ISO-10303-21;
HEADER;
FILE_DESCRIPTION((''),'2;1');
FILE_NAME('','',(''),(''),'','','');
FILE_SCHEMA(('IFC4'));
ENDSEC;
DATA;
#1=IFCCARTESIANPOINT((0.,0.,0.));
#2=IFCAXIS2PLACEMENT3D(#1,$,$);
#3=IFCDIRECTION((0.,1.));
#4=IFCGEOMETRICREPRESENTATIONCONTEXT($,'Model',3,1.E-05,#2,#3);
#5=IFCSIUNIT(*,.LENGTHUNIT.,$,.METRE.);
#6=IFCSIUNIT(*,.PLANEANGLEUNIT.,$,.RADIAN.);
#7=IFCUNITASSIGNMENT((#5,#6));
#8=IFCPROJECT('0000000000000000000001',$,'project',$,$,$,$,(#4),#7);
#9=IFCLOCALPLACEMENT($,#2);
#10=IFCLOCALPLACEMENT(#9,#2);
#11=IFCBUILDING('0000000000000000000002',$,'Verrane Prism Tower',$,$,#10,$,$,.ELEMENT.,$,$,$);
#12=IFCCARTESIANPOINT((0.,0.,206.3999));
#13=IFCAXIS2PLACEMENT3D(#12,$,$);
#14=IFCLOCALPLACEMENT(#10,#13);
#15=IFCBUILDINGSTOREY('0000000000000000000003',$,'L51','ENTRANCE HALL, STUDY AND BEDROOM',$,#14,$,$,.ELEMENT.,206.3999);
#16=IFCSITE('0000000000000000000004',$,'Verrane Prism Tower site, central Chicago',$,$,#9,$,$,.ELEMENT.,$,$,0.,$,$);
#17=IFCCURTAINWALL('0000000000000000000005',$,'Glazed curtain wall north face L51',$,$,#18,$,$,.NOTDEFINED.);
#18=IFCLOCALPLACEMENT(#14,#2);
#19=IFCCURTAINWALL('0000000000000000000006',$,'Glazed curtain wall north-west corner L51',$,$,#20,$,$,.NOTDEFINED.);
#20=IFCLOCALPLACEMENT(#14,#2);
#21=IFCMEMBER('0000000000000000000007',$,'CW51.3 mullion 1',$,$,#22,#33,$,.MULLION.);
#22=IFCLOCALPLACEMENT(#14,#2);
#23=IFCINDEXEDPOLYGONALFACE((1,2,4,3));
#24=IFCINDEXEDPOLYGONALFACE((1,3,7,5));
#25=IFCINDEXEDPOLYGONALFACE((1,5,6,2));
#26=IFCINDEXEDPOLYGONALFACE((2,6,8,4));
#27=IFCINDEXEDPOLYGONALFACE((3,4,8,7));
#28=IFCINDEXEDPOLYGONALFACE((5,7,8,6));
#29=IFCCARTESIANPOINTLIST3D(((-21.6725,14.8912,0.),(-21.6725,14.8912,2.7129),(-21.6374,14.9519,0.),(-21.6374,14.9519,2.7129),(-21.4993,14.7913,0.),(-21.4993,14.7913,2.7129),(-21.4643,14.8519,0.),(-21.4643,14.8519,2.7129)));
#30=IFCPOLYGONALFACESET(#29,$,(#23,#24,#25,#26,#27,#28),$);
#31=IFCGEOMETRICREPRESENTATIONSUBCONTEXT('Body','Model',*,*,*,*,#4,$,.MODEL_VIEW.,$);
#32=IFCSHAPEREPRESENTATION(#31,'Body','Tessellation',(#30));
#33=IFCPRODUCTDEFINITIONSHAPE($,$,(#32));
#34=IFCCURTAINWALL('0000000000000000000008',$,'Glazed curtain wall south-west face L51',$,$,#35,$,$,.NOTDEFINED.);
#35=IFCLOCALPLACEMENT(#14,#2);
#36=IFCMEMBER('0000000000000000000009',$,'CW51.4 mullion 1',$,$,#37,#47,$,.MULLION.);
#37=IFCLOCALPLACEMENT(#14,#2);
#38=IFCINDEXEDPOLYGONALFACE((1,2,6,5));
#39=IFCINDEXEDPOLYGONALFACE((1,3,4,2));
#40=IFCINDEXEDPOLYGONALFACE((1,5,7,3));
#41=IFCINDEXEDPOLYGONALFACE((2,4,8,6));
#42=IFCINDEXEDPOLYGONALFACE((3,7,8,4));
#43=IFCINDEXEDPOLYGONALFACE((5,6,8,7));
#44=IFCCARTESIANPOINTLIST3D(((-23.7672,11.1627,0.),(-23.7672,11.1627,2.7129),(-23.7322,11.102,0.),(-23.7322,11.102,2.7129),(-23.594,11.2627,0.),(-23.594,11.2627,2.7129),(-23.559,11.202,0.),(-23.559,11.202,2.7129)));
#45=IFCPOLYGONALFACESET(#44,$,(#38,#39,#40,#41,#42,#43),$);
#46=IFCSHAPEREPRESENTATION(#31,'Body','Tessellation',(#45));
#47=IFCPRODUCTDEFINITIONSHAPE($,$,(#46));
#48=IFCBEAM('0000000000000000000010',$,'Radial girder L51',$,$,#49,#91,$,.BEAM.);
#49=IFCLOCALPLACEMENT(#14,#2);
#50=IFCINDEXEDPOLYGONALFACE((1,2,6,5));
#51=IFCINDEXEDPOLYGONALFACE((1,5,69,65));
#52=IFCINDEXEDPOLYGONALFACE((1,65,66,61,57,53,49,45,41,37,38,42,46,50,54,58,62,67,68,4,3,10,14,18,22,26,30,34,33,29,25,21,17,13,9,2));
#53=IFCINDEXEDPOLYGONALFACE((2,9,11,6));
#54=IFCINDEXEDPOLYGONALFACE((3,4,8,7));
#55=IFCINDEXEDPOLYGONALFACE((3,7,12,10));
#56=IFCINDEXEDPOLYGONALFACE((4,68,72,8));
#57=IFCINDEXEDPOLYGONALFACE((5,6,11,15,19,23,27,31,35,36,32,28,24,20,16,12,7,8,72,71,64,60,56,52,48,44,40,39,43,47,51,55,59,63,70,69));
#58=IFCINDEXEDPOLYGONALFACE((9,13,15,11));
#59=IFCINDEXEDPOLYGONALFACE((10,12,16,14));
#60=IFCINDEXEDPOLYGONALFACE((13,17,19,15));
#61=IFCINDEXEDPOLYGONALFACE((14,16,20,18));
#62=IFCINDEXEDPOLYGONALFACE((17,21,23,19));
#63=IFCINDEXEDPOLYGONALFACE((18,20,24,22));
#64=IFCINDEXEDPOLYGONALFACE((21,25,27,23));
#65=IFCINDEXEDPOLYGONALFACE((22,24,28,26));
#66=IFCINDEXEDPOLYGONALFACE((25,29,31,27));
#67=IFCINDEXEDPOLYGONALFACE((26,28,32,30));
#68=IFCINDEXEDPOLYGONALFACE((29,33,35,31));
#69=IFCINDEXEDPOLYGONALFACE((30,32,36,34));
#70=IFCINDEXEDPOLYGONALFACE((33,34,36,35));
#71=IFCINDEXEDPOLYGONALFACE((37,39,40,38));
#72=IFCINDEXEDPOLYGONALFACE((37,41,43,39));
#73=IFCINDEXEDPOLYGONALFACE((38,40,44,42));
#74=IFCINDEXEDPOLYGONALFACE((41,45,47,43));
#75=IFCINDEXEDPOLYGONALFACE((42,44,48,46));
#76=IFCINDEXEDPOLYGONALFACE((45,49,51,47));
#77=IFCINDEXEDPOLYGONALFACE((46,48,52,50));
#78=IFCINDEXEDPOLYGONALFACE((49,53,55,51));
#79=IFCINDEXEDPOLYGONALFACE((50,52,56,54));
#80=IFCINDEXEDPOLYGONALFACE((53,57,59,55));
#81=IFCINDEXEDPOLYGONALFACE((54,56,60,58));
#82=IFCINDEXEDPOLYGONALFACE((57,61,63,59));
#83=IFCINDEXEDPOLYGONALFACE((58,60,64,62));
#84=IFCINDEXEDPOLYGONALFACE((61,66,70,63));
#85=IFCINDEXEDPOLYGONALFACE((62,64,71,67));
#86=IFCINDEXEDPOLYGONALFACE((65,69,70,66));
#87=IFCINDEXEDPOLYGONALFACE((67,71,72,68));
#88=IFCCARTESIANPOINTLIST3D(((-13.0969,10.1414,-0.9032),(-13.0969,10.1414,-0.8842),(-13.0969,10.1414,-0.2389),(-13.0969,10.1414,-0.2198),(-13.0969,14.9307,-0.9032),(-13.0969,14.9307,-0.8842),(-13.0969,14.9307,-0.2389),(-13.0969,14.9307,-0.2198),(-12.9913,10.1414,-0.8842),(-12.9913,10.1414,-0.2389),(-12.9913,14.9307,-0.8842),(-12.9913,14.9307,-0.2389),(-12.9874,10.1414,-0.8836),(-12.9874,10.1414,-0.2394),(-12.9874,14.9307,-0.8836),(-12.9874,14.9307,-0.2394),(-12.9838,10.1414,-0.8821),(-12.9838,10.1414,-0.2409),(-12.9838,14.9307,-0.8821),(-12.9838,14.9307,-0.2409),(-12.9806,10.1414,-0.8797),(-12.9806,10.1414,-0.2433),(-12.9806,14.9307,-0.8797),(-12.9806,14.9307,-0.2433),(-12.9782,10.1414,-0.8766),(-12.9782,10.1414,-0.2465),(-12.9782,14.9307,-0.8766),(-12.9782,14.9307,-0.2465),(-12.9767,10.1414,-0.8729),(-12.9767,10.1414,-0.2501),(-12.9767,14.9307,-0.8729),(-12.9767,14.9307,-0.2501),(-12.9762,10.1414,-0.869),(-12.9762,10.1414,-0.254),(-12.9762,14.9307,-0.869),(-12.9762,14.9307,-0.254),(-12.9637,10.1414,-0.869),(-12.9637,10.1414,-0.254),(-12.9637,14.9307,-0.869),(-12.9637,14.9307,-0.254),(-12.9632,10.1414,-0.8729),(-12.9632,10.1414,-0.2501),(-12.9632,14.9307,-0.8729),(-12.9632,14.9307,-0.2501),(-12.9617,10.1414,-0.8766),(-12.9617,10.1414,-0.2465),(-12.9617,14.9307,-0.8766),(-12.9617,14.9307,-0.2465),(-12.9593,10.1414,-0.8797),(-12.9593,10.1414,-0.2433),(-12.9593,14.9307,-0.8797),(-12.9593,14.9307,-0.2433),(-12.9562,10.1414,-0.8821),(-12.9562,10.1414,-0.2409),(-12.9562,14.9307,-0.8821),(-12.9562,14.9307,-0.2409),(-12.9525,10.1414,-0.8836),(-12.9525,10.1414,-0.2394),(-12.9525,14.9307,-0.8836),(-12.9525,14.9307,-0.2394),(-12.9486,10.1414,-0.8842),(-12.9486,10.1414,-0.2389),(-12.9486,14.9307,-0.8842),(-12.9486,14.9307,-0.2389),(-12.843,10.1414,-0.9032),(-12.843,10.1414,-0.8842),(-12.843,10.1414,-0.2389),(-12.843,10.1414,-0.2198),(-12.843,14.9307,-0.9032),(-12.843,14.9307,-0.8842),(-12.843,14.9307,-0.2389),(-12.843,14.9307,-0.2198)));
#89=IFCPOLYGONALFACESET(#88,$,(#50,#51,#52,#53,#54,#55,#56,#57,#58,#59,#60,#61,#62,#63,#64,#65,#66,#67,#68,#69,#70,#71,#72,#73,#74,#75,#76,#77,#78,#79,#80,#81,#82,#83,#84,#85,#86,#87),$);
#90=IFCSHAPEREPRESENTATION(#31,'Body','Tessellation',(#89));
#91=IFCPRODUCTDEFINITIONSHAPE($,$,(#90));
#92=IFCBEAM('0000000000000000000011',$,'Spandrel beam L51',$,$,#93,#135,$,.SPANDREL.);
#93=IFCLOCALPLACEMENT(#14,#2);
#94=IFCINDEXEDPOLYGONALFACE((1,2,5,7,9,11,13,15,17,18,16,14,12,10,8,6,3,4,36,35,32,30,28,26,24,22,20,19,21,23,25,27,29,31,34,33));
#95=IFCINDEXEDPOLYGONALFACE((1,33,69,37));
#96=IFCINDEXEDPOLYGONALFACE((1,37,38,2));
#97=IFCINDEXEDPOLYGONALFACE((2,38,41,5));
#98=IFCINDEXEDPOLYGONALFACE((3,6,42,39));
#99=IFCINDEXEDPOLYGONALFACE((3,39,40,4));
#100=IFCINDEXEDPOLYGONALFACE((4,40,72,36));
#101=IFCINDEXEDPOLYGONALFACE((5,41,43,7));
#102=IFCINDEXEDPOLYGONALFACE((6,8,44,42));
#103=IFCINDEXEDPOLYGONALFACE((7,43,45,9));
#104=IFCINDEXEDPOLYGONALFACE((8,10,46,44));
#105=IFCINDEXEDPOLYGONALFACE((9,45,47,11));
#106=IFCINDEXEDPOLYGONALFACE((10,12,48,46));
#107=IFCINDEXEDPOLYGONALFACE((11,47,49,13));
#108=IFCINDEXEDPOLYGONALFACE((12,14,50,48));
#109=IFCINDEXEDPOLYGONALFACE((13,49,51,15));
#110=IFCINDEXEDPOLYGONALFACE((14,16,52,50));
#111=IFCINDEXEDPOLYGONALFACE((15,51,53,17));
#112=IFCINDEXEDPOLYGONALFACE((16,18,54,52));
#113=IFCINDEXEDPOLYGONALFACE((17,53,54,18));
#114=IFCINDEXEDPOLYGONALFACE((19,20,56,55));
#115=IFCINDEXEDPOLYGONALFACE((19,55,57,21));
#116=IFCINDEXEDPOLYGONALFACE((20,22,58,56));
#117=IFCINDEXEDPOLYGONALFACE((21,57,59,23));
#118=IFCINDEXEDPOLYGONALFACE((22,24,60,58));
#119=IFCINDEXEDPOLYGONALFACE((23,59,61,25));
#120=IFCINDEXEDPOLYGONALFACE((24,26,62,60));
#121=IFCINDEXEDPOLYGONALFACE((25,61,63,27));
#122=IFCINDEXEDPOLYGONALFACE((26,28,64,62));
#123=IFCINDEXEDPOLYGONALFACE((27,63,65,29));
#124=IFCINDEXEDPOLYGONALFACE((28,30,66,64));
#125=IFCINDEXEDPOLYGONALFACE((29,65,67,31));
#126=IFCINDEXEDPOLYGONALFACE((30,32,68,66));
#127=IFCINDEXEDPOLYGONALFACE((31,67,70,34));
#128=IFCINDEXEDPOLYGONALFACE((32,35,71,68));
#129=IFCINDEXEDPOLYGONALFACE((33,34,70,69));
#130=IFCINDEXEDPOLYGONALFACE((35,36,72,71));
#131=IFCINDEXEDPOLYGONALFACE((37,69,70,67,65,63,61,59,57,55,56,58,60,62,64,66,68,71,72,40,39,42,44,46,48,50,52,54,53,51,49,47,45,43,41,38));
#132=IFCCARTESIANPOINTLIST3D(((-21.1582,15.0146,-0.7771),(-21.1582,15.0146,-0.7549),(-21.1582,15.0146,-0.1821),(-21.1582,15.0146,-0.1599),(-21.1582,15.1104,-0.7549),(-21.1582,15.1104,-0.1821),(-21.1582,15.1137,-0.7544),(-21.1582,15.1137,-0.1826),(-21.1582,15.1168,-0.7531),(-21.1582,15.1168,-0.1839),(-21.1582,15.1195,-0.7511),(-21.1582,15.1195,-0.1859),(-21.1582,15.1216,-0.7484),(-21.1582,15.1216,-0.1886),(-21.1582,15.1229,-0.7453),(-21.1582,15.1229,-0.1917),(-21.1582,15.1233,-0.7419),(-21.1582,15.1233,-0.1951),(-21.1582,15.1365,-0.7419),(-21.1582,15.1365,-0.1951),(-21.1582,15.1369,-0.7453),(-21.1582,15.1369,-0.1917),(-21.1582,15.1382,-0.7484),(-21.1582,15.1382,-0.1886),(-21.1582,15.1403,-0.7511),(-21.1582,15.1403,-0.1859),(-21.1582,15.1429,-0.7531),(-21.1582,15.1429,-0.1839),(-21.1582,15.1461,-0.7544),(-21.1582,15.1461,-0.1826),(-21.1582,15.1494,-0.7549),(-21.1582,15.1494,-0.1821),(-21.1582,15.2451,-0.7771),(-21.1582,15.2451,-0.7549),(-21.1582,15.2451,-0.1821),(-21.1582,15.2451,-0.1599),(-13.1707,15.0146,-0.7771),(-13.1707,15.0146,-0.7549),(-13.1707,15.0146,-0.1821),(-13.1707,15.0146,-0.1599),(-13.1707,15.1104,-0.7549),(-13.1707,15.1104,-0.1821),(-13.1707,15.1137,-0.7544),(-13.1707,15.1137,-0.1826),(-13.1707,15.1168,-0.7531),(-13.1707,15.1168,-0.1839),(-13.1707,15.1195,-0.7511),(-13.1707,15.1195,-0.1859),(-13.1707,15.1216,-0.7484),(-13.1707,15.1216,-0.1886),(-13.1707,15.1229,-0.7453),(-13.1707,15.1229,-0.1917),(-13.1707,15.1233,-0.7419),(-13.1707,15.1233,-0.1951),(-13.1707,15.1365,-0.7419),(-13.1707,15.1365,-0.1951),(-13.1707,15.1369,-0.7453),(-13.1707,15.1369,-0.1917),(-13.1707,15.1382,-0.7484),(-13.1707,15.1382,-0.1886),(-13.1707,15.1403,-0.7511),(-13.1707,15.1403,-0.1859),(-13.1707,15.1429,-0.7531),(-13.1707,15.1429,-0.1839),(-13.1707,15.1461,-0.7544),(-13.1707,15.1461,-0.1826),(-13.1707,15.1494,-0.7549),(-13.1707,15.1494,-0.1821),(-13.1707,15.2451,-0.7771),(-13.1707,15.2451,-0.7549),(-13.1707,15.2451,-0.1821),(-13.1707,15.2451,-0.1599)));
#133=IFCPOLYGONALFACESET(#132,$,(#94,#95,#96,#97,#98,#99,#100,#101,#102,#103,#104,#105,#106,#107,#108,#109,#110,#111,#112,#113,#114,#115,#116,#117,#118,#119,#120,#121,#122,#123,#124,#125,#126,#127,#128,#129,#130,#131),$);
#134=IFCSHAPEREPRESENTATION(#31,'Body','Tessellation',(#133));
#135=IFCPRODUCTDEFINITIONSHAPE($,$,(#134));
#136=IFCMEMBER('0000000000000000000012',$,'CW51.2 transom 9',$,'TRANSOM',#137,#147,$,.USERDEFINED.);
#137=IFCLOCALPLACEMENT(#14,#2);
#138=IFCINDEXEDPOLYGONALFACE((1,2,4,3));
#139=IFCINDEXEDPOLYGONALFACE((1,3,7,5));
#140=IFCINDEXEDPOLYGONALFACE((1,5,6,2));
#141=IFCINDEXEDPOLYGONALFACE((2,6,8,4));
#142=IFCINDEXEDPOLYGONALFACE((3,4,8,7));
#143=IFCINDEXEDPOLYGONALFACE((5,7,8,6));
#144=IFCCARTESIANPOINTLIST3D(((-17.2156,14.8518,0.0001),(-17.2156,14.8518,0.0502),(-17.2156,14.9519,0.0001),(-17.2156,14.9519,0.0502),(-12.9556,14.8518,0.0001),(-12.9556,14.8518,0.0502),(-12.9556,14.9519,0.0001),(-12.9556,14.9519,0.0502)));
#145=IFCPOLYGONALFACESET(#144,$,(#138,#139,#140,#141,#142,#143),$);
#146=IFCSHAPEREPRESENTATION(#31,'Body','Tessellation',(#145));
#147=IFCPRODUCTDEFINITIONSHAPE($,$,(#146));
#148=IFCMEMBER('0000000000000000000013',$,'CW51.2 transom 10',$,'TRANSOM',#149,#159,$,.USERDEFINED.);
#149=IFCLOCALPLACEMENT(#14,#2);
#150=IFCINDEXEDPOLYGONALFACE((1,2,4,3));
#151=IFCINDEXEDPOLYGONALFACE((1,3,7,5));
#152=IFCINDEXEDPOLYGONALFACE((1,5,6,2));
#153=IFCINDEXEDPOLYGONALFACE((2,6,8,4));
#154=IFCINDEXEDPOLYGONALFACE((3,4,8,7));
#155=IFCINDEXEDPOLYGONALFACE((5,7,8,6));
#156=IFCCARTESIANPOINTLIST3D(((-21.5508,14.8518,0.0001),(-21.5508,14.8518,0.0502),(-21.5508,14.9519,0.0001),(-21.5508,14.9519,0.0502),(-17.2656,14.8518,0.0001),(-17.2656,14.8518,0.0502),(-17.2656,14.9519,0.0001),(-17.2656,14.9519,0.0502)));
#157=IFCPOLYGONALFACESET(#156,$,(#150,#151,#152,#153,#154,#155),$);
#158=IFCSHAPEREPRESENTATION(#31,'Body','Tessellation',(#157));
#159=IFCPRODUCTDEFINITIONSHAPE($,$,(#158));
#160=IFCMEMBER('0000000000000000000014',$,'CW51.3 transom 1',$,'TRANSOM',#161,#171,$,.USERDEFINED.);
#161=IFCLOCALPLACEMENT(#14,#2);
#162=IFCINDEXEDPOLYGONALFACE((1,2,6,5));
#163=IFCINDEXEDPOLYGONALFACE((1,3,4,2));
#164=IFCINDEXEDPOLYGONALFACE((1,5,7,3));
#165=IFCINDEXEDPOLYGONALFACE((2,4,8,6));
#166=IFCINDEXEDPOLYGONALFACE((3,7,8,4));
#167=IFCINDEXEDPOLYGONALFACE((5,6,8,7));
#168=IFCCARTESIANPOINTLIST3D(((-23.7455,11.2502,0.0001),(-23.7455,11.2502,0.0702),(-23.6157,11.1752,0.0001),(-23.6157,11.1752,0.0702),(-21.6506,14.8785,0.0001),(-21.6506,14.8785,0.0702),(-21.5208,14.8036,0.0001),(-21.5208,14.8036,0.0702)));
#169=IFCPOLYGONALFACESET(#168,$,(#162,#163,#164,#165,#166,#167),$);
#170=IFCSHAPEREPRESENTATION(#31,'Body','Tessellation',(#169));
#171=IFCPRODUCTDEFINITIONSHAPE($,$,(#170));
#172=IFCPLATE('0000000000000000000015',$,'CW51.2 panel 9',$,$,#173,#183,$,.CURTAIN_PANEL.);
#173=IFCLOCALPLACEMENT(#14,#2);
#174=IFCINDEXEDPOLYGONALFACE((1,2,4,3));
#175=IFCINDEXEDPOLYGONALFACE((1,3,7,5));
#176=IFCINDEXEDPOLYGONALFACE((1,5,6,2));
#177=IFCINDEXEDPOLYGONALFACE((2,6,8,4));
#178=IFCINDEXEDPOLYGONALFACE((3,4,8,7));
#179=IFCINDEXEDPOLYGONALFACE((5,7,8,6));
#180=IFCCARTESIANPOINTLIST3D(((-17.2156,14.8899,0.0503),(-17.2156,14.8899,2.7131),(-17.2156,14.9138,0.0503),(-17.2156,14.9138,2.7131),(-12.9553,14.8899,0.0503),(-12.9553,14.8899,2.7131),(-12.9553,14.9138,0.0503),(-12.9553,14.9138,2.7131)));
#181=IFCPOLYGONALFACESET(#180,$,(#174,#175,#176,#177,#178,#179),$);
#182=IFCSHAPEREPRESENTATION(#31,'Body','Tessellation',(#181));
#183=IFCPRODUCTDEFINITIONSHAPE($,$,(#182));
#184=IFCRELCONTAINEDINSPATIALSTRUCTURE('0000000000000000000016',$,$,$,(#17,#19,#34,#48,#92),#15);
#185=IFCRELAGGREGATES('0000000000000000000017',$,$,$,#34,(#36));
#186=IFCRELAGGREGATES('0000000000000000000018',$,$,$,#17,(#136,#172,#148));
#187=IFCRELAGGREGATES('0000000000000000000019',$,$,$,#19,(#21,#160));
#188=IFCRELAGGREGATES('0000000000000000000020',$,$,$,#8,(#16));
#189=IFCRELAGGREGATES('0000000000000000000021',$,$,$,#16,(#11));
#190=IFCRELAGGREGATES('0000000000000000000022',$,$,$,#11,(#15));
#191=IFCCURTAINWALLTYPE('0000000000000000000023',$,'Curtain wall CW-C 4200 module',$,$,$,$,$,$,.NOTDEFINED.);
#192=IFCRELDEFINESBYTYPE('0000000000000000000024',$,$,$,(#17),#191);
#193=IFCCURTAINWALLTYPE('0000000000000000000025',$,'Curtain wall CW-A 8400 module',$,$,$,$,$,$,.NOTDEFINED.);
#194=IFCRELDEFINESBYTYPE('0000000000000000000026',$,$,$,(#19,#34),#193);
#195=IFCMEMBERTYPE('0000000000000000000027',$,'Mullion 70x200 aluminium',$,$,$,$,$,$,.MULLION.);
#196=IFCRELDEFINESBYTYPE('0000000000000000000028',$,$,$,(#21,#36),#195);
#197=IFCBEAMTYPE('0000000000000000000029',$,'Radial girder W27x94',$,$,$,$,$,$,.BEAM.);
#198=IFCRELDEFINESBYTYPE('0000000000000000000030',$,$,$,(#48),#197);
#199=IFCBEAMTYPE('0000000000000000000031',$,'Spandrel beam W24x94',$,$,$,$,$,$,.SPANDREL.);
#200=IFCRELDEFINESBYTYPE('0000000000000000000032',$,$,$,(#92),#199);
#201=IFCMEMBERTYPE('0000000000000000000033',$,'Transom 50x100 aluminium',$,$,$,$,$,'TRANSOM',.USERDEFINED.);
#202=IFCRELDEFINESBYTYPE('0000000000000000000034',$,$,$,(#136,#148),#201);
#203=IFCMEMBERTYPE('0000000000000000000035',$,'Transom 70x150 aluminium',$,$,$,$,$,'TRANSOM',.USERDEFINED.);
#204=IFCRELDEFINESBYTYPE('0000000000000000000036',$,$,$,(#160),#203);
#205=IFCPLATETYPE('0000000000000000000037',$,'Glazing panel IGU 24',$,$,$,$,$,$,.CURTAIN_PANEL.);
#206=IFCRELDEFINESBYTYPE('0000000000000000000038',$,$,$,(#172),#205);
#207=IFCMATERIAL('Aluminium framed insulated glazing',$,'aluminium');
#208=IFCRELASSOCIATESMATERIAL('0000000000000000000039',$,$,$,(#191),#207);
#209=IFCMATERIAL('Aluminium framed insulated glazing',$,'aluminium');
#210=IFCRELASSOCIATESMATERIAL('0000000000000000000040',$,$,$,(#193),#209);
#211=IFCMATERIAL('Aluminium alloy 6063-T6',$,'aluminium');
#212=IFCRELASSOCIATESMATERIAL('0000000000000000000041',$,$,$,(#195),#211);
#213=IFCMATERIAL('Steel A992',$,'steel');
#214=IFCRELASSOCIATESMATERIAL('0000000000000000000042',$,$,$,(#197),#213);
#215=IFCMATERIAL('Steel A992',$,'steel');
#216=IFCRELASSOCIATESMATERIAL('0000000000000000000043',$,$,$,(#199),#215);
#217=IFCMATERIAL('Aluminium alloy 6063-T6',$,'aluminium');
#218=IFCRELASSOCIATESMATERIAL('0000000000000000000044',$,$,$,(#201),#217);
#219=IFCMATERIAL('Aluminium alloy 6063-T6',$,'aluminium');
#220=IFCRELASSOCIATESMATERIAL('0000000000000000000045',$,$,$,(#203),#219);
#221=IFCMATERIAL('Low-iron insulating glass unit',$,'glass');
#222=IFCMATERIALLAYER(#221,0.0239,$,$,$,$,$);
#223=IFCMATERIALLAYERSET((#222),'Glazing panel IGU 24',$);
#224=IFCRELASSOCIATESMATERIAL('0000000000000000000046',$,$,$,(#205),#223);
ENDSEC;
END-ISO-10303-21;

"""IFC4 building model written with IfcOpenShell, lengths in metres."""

from ifc_helpers import new_model, si_unit, direction, frame, origin, origin_2d, place, context, subcontext, project, spatial, rectangle, i_section, extrude, material, layer, layer_set, material_profile, profile_set, type_object, element, aggregate, save


model = new_model("IFC4")

# Units and contexts
model_context = context("Model", 3, precision=1e-05, world=origin(), true_north=direction((0.0, 1.0)))
body_context = subcontext(model_context, "Body", "Model", "MODEL_VIEW")
ifc_project = project(units=[si_unit("LENGTHUNIT", "METRE"), si_unit("PLANEANGLEUNIT", "RADIAN")], contexts=[model_context])

# Site, building, storey
site_placement = place(None, origin())
site = spatial("IfcSite", under=ifc_project, at=site_placement, Name="Verrane Prism Tower site, central Chicago", CompositionType="ELEMENT", RefElevation=0.0)
building_placement = place(site_placement, origin())
building = spatial("IfcBuilding", under=site, at=building_placement, Name="Verrane Prism Tower", CompositionType="ELEMENT")
storey_placement = place(building_placement, frame((0.0, 0.0, 206.3999)))
storey = spatial("IfcBuildingStorey", under=building, at=storey_placement, Name="L51", Description="ENTRANCE HALL, STUDY AND BEDROOM", CompositionType="ELEMENT", Elevation=206.3999)

# Curtain wall
ifc_material_1 = material(Name="Aluminium framed insulated glazing", Category="aluminium")
curtain_wall_type_1 = type_object("IfcCurtainWallType", Name="Curtain wall CW-C 4200 module", PredefinedType="NOTDEFINED", material=ifc_material_1)
curtain_wall_1_placement = place(storey_placement, origin())
curtain_wall_1 = element("IfcCurtainWall", 1, at=curtain_wall_1_placement, inside=storey, type_object=curtain_wall_type_1, Name="Glazed curtain wall north face L51", PredefinedType="NOTDEFINED")

# Curtain walls, members
ifc_material_2 = material(Name="Aluminium framed insulated glazing", Category="aluminium")
curtain_wall_type_2 = type_object("IfcCurtainWallType", Name="Curtain wall CW-A 8400 module", PredefinedType="NOTDEFINED", material=ifc_material_2)
curtain_wall_2_placement = place(storey_placement, origin())
curtain_wall_2 = element("IfcCurtainWall", 2, at=curtain_wall_2_placement, inside=storey, type_object=curtain_wall_type_2, Name="Glazed curtain wall north-west corner L51", PredefinedType="NOTDEFINED")
ifc_material_3 = material(Name="Aluminium alloy 6063-T6", Category="aluminium")
ifc_material_profile_1 = material_profile(ifc_material_3, rectangle(XDim=0.2, YDim=0.0701, at=origin_2d()), Name="Mullion 70x200 aluminium")
ifc_profile_set_1 = profile_set([ifc_material_profile_1], Name="Aluminium alloy 6063-T6")
member_type_1 = type_object("IfcMemberType", Name="Mullion 70x200 aluminium", PredefinedType="MULLION", material=ifc_profile_set_1)
member_1_placement = place(storey_placement, frame((-21.5684, 14.8716, 0.0), z_axis=(0.0, 0.0, 1.0), x_axis=(0.866026, -0.499999, 0.0)))
member_1 = element("IfcMember", 3, at=member_1_placement, type_object=member_type_1, Name="CW51.3 mullion 1", PredefinedType="MULLION", context=body_context, shape_type="SweptSolid", body=[
    extrude(rectangle(XDim=0.2, YDim=0.0701, at=origin_2d()), origin(), (0.0, 0.0, 1.0), 2.7129),
])
curtain_wall_3_placement = place(storey_placement, origin())
curtain_wall_3 = element("IfcCurtainWall", 4, at=curtain_wall_3_placement, inside=storey, type_object=curtain_wall_type_2, Name="Glazed curtain wall south-west face L51", PredefinedType="NOTDEFINED")
member_2_placement = place(storey_placement, frame((-23.6631, 11.1824, 0.0), z_axis=(0.0, 0.0, 1.0), x_axis=(0.866026, 0.499999, 0.0)))
member_2 = element("IfcMember", 5, at=member_2_placement, type_object=member_type_1, Name="CW51.4 mullion 1", PredefinedType="MULLION", context=body_context, shape_type="SweptSolid", body=[
    extrude(rectangle(XDim=0.2, YDim=0.0701, at=origin_2d()), origin(), (0.0, 0.0, 1.0), 2.7129),
])
aggregate(curtain_wall_3, [member_2])

# Beams
ifc_material_4 = material(Name="Steel A992", Category="steel")
ifc_material_profile_2 = material_profile(ifc_material_4, i_section(OverallWidth=0.2539, OverallDepth=0.6833, WebThickness=0.0125, FlangeThickness=0.019, FilletRadius=0.0151, at=origin_2d()), Name="W27x94")
ifc_profile_set_2 = profile_set([ifc_material_profile_2], Name="Steel A992")
beam_type_1 = type_object("IfcBeamType", Name="Radial girder W27x94", PredefinedType="BEAM", material=ifc_profile_set_2)
beam_1_placement = place(storey_placement, frame((-12.97, 14.9307, -0.5615), z_axis=(0.0, -1.0, 0.0), x_axis=(1.0, 0.0, 0.0)))
element("IfcBeam", 6, at=beam_1_placement, inside=storey, type_object=beam_type_1, Name="Radial girder L51", PredefinedType="BEAM", context=body_context, shape_type="SweptSolid", body=[
    extrude(i_section(OverallWidth=0.2539, OverallDepth=0.6833, WebThickness=0.0125, FlangeThickness=0.019, FilletRadius=0.0151, at=origin_2d()), origin(), (0.0, 0.0, 1.0), 4.7893),
])
ifc_material_5 = material(Name="Steel A992", Category="steel")
ifc_material_profile_3 = material_profile(ifc_material_5, i_section(OverallWidth=0.2305, OverallDepth=0.6172, WebThickness=0.0132, FlangeThickness=0.0222, FilletRadius=0.0129, at=origin_2d()), Name="W24x94")
ifc_profile_set_3 = profile_set([ifc_material_profile_3], Name="Steel A992")
beam_type_2 = type_object("IfcBeamType", Name="Spandrel beam W24x94", PredefinedType="SPANDREL", material=ifc_profile_set_3)
beam_2_placement = place(storey_placement, frame((-13.1707, 15.1299, -0.4685), z_axis=(-1.0, 0.0, 0.0), x_axis=(0.0, -1.0, 0.0)))
element("IfcBeam", 7, at=beam_2_placement, inside=storey, type_object=beam_type_2, Name="Spandrel beam L51", PredefinedType="SPANDREL", context=body_context, shape_type="SweptSolid", body=[
    extrude(i_section(OverallWidth=0.2305, OverallDepth=0.6172, WebThickness=0.0132, FlangeThickness=0.0222, FilletRadius=0.0129, at=origin_2d()), origin(), (0.0, 0.0, 1.0), 7.9875),
])

# Members
ifc_material_6 = material(Name="Aluminium alloy 6063-T6", Category="aluminium")
ifc_material_profile_4 = material_profile(ifc_material_6, rectangle(XDim=0.1001, YDim=0.05, at=origin_2d()), Name="Transom 50x100 aluminium")
ifc_profile_set_4 = profile_set([ifc_material_profile_4], Name="Aluminium alloy 6063-T6")
member_type_2 = type_object("IfcMemberType", Name="Transom 50x100 aluminium", ElementType="TRANSOM", PredefinedType="USERDEFINED", material=ifc_profile_set_4)
member_3_placement = place(storey_placement, frame((-12.9556, 14.9019, 0.0251), z_axis=(-1.0, 0.0, 0.0), x_axis=(0.0, -1.0, 0.0)))
member_3 = element("IfcMember", 8, at=member_3_placement, type_object=member_type_2, Name="CW51.2 transom 9", ObjectType="TRANSOM", PredefinedType="USERDEFINED", context=body_context, shape_type="SweptSolid", body=[
    extrude(rectangle(XDim=0.1001, YDim=0.05, at=origin_2d()), origin(), (0.0, 0.0, 1.0), 4.26),
])
member_4_placement = place(storey_placement, frame((-17.2656, 14.9019, 0.0251), z_axis=(-1.0, 0.0, 0.0), x_axis=(0.0, -1.0, 0.0)))
member_4 = element("IfcMember", 9, at=member_4_placement, type_object=member_type_2, Name="CW51.2 transom 10", ObjectType="TRANSOM", PredefinedType="USERDEFINED", context=body_context, shape_type="SweptSolid", body=[
    extrude(rectangle(XDim=0.1001, YDim=0.05, at=origin_2d()), origin(), (0.0, 0.0, 1.0), 4.2852),
])
ifc_material_7 = material(Name="Aluminium alloy 6063-T6", Category="aluminium")
ifc_material_profile_5 = material_profile(ifc_material_7, rectangle(XDim=0.1499, YDim=0.0701, at=origin_2d()), Name="Transom 70x150 aluminium")
ifc_profile_set_5 = profile_set([ifc_material_profile_5], Name="Aluminium alloy 6063-T6")
member_type_3 = type_object("IfcMemberType", Name="Transom 70x150 aluminium", ElementType="TRANSOM", PredefinedType="USERDEFINED", material=ifc_profile_set_5)
member_5_placement = place(storey_placement, frame((-21.5857, 14.8411, 0.0352), z_axis=(-0.500018, -0.866015, 0.0), x_axis=(0.866015, -0.500018, 0.0)))
member_5 = element("IfcMember", 10, at=member_5_placement, type_object=member_type_3, Name="CW51.3 transom 1", ObjectType="TRANSOM", PredefinedType="USERDEFINED", context=body_context, shape_type="SweptSolid", body=[
    extrude(rectangle(XDim=0.1499, YDim=0.0701, at=origin_2d()), origin(), (0.0, 0.0, 1.0), 4.1897),
])

# Plate
ifc_material_8 = material(Name="Low-iron insulating glass unit", Category="glass")
ifc_layer_1 = layer(ifc_material_8, 0.0239)
ifc_layer_set_1 = layer_set([ifc_layer_1], Name="Glazing panel IGU 24")
plate_type_1 = type_object("IfcPlateType", Name="Glazing panel IGU 24", PredefinedType="CURTAIN_PANEL", material=ifc_layer_set_1)
plate_1_placement = place(storey_placement, frame((-15.0854, 14.9019, 0.0503), z_axis=(0.0, 0.0, 1.0), x_axis=(-1.0, 0.0, 0.0)))
plate_1 = element("IfcPlate", 11, at=plate_1_placement, type_object=plate_type_1, Name="CW51.2 panel 9", PredefinedType="CURTAIN_PANEL", context=body_context, shape_type="SweptSolid", body=[
    extrude(rectangle(XDim=4.2603, YDim=0.0239, at=origin_2d()), origin(), (0.0, 0.0, 1.0), 2.6628),
])
aggregate(curtain_wall_1, [member_3, plate_1, member_4])
aggregate(curtain_wall_2, [member_1, member_5])

save(model, "model.ifc")
